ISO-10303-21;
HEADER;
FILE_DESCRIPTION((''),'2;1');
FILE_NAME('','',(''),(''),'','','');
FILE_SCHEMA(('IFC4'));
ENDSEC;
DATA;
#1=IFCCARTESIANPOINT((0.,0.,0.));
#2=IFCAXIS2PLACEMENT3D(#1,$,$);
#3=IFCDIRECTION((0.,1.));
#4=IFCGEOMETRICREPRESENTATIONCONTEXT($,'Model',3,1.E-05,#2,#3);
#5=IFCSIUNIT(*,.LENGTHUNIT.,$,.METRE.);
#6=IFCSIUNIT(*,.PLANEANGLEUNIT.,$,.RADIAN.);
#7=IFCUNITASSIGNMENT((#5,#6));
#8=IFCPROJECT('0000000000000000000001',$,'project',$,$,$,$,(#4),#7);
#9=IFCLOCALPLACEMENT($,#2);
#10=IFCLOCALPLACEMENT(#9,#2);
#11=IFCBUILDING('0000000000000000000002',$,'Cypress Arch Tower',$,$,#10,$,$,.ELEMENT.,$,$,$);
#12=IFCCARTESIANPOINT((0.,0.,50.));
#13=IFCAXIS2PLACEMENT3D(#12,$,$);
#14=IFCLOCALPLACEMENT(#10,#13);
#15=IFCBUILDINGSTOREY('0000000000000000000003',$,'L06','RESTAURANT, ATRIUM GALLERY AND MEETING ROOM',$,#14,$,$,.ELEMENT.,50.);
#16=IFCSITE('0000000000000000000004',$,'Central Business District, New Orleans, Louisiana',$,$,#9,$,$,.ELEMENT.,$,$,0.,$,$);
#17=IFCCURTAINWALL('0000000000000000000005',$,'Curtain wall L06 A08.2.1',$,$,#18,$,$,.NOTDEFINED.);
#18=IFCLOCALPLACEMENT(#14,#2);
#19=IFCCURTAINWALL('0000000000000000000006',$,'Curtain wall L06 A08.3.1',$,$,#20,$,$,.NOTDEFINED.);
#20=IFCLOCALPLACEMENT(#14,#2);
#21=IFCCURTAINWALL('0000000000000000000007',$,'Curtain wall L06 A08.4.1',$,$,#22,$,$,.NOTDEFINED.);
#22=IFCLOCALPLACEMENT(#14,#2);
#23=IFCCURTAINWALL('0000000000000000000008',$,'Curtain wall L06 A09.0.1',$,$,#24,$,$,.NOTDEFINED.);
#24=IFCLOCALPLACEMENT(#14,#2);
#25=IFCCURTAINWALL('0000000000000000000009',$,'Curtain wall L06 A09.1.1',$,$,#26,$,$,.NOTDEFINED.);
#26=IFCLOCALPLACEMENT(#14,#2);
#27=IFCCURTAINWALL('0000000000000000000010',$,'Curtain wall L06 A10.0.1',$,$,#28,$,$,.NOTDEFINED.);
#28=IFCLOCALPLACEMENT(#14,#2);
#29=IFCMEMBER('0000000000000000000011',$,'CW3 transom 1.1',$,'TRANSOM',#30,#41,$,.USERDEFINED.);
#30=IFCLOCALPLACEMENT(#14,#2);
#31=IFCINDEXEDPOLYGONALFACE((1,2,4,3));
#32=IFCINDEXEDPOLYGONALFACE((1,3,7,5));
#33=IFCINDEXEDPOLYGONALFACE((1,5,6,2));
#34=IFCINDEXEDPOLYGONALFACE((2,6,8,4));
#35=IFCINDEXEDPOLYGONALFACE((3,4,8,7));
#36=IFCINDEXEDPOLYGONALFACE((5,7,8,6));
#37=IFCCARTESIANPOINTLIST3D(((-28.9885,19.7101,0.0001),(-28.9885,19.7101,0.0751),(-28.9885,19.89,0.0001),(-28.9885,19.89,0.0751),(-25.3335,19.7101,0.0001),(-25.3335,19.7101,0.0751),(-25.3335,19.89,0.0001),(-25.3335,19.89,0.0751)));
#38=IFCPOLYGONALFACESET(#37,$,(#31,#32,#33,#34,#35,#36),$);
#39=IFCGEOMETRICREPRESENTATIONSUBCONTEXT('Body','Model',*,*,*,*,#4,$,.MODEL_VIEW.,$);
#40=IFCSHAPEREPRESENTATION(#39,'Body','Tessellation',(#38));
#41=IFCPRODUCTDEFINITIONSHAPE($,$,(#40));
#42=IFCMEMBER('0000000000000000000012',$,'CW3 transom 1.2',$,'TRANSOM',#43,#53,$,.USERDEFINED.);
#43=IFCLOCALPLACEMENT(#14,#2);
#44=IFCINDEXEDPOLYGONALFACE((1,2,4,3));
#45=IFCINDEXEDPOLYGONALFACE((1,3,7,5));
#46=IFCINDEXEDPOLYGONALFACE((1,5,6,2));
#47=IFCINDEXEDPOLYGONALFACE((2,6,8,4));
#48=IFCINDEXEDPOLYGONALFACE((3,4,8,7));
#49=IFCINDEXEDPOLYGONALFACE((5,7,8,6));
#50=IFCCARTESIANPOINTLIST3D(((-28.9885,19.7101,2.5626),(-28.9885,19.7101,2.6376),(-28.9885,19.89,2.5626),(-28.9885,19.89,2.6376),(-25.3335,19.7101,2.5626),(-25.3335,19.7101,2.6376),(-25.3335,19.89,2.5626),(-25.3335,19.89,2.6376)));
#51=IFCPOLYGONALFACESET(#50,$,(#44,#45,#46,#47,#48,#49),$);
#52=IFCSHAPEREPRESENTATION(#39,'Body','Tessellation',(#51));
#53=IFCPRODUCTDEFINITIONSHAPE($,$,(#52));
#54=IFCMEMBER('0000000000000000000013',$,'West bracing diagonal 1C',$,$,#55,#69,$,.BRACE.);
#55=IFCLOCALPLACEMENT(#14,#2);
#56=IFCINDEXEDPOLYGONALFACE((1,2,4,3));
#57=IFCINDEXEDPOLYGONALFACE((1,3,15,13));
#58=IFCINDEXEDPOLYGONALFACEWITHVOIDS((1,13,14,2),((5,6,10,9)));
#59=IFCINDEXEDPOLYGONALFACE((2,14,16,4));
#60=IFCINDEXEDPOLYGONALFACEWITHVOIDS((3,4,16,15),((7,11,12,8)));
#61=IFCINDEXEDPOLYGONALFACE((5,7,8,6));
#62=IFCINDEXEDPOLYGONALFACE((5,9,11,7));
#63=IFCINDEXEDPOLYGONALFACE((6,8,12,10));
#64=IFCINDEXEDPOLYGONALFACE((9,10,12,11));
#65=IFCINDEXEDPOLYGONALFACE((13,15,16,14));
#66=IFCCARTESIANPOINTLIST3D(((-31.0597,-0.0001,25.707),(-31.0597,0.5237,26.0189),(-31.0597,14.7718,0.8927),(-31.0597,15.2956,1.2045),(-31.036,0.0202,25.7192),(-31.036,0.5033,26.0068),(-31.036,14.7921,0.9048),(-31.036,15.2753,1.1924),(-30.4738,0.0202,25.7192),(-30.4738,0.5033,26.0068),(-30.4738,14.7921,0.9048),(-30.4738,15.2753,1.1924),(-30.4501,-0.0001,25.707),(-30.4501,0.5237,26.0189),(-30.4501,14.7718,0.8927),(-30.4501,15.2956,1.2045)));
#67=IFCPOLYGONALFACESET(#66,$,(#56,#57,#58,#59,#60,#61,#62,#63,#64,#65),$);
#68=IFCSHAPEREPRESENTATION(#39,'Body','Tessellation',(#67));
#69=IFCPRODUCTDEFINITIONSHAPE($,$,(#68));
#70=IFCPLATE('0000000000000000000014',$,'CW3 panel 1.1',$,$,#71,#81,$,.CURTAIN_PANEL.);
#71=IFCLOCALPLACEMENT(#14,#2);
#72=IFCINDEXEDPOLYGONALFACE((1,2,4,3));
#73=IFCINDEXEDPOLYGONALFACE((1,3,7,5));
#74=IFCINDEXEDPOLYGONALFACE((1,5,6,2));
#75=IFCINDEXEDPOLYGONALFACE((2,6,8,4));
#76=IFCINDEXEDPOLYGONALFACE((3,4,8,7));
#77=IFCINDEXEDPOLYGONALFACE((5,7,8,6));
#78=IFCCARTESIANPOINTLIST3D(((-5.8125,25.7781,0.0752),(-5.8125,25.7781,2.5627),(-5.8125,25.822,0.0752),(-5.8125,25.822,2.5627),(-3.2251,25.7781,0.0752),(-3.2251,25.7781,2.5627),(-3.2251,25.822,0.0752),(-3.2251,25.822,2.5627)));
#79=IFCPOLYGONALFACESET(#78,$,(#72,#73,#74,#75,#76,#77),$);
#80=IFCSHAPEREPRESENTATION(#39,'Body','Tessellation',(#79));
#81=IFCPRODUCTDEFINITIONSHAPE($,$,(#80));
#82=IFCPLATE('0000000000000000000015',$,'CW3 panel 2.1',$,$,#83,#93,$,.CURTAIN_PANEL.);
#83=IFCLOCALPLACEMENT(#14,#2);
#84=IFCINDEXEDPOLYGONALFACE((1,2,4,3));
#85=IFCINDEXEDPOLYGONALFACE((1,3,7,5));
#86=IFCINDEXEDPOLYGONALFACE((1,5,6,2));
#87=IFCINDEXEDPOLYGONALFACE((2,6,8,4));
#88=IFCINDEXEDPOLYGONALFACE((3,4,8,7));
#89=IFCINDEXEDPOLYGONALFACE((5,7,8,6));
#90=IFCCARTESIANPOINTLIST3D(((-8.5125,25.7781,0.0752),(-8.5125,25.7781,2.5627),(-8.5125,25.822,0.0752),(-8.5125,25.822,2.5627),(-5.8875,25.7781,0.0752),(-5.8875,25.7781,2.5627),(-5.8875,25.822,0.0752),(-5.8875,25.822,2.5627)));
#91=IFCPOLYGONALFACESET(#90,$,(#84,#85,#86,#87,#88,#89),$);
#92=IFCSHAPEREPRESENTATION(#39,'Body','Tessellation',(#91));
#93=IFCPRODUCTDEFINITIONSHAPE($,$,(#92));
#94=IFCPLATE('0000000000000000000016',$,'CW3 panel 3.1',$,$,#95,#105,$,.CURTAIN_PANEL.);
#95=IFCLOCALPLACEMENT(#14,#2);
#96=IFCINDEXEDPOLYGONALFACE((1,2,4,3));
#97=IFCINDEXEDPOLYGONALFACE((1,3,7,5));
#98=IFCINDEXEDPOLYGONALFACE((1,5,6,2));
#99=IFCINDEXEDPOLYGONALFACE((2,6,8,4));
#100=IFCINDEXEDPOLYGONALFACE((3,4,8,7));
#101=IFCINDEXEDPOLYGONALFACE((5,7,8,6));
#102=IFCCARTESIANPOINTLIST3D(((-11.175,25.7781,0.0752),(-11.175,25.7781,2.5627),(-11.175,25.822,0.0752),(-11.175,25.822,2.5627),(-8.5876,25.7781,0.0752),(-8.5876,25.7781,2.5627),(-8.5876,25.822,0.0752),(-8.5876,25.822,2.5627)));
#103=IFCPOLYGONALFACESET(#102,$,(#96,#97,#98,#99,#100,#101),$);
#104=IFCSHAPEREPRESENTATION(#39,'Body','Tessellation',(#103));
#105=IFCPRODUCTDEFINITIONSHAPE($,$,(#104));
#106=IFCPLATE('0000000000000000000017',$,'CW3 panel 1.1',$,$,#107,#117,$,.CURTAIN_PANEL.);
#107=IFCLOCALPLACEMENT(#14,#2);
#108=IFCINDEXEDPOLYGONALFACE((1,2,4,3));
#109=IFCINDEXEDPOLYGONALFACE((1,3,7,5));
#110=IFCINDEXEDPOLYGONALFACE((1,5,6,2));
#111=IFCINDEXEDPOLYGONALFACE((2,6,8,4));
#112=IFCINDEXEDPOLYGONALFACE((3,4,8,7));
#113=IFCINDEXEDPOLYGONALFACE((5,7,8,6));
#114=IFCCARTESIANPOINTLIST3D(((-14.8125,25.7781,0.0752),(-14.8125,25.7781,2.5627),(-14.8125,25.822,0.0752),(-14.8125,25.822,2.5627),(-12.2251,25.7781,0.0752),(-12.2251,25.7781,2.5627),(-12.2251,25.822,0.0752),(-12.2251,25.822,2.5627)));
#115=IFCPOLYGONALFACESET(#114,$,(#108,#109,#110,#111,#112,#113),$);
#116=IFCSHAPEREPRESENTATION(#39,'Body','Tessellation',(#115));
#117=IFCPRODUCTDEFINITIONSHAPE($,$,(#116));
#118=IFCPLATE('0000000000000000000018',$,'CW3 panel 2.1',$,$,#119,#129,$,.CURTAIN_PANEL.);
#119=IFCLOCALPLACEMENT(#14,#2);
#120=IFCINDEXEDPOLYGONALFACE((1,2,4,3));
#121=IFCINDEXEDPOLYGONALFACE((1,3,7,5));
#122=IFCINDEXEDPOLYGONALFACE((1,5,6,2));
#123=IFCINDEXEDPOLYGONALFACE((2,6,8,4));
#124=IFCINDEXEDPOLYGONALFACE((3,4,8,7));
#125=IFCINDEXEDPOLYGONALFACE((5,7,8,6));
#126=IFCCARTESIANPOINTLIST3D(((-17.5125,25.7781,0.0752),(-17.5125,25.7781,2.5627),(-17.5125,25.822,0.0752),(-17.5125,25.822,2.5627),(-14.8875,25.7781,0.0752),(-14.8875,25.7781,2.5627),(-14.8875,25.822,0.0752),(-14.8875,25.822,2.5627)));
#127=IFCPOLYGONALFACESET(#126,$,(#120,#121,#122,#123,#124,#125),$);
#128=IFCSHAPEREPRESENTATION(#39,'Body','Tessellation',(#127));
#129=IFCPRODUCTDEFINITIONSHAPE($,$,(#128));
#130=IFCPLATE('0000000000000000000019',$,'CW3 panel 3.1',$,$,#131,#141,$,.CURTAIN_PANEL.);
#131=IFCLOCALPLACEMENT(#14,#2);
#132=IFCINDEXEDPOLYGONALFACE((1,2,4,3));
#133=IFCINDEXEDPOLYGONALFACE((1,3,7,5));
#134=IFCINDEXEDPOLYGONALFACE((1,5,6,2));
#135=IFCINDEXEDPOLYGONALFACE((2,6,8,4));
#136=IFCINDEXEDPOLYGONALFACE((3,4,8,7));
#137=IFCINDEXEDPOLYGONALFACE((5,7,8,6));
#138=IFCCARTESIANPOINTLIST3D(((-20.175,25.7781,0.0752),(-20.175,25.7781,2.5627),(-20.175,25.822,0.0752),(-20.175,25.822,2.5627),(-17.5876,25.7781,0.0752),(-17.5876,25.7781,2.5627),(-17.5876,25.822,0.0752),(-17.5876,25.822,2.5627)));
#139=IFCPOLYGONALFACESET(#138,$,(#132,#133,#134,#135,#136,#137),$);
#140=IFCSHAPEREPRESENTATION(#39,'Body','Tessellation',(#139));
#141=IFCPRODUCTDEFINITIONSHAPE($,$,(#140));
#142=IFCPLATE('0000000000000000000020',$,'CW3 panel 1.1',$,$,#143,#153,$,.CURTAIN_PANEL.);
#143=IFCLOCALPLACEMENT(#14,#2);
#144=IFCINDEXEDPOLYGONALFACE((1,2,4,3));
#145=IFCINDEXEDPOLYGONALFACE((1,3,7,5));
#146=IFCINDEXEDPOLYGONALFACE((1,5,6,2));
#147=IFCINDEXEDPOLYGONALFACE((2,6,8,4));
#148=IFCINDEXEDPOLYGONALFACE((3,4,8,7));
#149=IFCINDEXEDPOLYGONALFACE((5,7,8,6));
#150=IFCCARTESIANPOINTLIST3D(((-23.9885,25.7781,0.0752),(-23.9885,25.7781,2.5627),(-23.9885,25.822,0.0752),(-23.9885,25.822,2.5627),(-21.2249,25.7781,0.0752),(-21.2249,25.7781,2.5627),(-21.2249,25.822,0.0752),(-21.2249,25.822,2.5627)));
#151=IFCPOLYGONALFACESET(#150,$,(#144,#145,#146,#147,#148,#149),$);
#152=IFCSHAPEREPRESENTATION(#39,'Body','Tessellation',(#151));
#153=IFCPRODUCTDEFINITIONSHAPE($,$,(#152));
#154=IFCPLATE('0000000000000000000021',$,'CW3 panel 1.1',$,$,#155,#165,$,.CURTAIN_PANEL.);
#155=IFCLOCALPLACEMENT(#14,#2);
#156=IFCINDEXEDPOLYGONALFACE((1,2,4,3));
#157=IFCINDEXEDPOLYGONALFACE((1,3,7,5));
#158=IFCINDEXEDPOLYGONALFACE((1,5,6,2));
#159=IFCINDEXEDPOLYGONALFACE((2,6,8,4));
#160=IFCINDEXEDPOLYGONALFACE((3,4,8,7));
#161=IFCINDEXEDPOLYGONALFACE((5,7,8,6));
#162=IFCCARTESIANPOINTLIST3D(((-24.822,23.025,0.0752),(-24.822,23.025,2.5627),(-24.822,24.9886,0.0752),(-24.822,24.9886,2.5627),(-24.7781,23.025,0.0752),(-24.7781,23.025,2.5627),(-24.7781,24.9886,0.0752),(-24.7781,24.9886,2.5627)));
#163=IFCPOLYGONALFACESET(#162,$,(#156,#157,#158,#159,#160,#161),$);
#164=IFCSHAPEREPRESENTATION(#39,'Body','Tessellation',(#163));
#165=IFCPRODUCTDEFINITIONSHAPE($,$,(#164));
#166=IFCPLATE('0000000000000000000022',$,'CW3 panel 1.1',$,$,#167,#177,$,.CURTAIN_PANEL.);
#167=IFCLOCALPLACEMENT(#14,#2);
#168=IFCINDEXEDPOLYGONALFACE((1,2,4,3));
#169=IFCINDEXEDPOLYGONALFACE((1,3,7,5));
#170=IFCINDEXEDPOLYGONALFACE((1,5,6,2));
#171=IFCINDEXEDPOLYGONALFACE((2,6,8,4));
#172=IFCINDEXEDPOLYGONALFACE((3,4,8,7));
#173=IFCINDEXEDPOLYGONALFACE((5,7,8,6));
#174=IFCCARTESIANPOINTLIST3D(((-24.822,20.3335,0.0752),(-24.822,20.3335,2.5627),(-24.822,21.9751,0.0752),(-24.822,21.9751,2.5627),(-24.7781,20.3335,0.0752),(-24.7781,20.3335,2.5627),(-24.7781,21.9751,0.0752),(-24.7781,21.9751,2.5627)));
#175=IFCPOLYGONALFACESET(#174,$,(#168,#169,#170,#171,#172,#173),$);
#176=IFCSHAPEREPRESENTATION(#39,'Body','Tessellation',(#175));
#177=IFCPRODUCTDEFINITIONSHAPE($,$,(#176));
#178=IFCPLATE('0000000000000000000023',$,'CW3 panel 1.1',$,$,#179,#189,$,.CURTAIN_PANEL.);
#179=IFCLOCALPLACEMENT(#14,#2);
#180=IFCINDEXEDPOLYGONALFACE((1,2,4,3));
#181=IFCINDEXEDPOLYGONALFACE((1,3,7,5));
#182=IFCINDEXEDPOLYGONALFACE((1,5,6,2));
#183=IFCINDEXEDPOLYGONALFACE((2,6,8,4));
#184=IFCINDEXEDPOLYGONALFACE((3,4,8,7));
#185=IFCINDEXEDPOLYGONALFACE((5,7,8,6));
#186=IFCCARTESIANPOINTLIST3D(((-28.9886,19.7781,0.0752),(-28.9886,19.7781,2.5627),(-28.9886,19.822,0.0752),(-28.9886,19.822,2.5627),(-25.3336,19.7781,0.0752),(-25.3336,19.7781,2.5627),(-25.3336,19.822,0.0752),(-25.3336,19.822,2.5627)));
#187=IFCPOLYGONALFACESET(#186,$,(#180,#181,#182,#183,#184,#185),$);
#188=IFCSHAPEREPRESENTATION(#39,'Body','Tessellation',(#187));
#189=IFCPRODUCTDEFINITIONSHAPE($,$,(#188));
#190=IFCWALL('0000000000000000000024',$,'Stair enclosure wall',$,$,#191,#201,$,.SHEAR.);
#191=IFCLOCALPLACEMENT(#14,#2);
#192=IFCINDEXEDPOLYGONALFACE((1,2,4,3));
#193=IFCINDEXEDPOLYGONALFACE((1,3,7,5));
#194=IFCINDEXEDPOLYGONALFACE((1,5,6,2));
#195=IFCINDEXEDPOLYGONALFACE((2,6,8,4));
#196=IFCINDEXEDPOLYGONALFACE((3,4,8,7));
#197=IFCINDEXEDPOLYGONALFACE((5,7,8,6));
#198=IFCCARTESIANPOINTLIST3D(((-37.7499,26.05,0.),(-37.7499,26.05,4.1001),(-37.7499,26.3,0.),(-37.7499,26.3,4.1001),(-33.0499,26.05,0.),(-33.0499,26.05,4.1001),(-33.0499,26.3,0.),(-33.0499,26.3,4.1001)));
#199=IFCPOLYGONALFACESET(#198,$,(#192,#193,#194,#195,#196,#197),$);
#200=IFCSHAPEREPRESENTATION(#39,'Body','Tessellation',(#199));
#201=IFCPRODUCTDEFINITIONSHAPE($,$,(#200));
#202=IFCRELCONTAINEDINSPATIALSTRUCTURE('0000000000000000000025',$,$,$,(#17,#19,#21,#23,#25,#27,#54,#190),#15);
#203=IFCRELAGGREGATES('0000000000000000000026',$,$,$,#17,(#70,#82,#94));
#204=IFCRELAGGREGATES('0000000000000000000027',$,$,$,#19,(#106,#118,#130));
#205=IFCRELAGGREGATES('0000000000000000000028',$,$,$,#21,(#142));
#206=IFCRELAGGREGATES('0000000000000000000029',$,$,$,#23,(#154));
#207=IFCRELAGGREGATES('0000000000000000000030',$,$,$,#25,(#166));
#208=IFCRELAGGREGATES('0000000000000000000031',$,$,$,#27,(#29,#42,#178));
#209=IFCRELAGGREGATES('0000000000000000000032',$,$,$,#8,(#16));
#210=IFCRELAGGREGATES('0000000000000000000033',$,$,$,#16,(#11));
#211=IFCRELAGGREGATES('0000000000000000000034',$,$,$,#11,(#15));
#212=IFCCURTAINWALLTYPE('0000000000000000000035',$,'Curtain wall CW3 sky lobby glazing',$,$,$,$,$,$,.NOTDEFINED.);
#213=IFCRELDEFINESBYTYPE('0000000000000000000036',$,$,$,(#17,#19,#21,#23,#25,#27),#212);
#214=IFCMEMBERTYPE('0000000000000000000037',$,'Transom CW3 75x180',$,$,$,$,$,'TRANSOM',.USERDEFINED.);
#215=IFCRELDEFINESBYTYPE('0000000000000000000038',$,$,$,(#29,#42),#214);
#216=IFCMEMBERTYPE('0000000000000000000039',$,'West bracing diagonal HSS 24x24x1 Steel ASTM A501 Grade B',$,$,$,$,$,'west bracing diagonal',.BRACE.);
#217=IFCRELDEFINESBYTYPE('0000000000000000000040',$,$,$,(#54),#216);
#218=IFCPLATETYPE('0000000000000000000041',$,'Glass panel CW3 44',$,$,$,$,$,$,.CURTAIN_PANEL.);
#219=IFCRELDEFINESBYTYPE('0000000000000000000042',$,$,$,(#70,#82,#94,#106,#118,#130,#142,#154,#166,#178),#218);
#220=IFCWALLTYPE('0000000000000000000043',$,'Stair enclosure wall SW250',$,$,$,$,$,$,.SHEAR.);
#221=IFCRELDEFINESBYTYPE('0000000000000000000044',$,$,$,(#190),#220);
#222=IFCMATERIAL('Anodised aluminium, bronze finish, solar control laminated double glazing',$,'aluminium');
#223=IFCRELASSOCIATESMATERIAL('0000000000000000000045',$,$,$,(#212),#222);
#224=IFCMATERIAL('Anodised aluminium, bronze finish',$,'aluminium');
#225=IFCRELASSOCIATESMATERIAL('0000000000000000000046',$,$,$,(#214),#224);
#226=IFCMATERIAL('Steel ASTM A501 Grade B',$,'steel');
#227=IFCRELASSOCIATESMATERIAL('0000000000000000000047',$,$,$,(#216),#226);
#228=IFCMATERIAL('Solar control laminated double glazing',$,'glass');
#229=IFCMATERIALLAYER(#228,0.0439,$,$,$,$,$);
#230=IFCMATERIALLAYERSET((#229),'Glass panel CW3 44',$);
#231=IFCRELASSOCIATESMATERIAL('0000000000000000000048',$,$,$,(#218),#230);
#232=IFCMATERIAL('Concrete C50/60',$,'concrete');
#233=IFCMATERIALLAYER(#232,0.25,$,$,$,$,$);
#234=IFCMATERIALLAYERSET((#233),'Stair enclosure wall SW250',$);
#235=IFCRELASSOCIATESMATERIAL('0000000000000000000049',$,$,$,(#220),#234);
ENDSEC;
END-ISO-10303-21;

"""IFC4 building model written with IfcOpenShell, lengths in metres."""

from ifc_helpers import new_model, si_unit, direction, frame, frame_2d, origin, origin_2d, place, context, subcontext, project, spatial, rectangle, hollow_rectangle, extrude, material, layer, layer_set, material_profile, profile_set, type_object, element, aggregate, save


model = new_model("IFC4")

# Units and contexts
model_context = context("Model", 3, precision=1e-05, world=origin(), true_north=direction((0.0, 1.0)))
body_context = subcontext(model_context, "Body", "Model", "MODEL_VIEW")
ifc_project = project(units=[si_unit("LENGTHUNIT", "METRE"), si_unit("PLANEANGLEUNIT", "RADIAN")], contexts=[model_context])

# Site, building, storey
site_placement = place(None, origin())
site = spatial("IfcSite", under=ifc_project, at=site_placement, Name="Central Business District, New Orleans, Louisiana", CompositionType="ELEMENT", RefElevation=0.0)
building_placement = place(site_placement, origin())
building = spatial("IfcBuilding", under=site, at=building_placement, Name="Cypress Arch Tower", CompositionType="ELEMENT")
storey_placement = place(building_placement, frame((0.0, 0.0, 50.0)))
storey = spatial("IfcBuildingStorey", under=building, at=storey_placement, Name="L06", Description="RESTAURANT, ATRIUM GALLERY AND MEETING ROOM", CompositionType="ELEMENT", Elevation=50.0)

# Curtain wall
ifc_material_1 = material(Name="Anodised aluminium, bronze finish, solar control laminated double glazing", Category="aluminium")
curtain_wall_type = type_object("IfcCurtainWallType", Name="Curtain wall CW3 sky lobby glazing", PredefinedType="NOTDEFINED", material=ifc_material_1)
curtain_wall_1_placement = place(storey_placement, origin())
curtain_wall_1 = element("IfcCurtainWall", 1, at=curtain_wall_1_placement, inside=storey, type_object=curtain_wall_type, Name="Curtain wall L06 A08.2.1", PredefinedType="NOTDEFINED")

# Curtain wall
curtain_wall_2_placement = place(storey_placement, origin())
curtain_wall_2 = element("IfcCurtainWall", 2, at=curtain_wall_2_placement, inside=storey, type_object=curtain_wall_type, Name="Curtain wall L06 A08.3.1", PredefinedType="NOTDEFINED")

# Shared definitions
ifc_material_2 = material(Name="Anodised aluminium, bronze finish", Category="aluminium")
ifc_material_profile_1 = material_profile(ifc_material_2, rectangle(XDim=0.1799, YDim=0.075, at=origin_2d()), Name="Transom 75x180")
ifc_profile_set_1 = profile_set([ifc_material_profile_1], Name="Anodised aluminium, bronze finish")
member_type_1 = type_object("IfcMemberType", Name="Transom CW3 75x180", ElementType="TRANSOM", PredefinedType="USERDEFINED", material=ifc_profile_set_1)

# Curtain wall
curtain_wall_3_placement = place(storey_placement, origin())
curtain_wall_3 = element("IfcCurtainWall", 3, at=curtain_wall_3_placement, inside=storey, type_object=curtain_wall_type, Name="Curtain wall L06 A08.4.1", PredefinedType="NOTDEFINED")

# Curtain walls, members
curtain_wall_4_placement = place(storey_placement, origin())
curtain_wall_4 = element("IfcCurtainWall", 4, at=curtain_wall_4_placement, inside=storey, type_object=curtain_wall_type, Name="Curtain wall L06 A09.0.1", PredefinedType="NOTDEFINED")
curtain_wall_5_placement = place(storey_placement, origin())
curtain_wall_5 = element("IfcCurtainWall", 5, at=curtain_wall_5_placement, inside=storey, type_object=curtain_wall_type, Name="Curtain wall L06 A09.1.1", PredefinedType="NOTDEFINED")
curtain_wall_6_placement = place(storey_placement, origin())
curtain_wall_6 = element("IfcCurtainWall", 6, at=curtain_wall_6_placement, inside=storey, type_object=curtain_wall_type, Name="Curtain wall L06 A10.0.1", PredefinedType="NOTDEFINED")
member_1_placement = place(storey_placement, frame((-25.3335, 19.8, 0.0376), z_axis=(-1.0, 0.0, 0.0), x_axis=(0.0, -1.0, 0.0)))
member_1 = element("IfcMember", 7, at=member_1_placement, type_object=member_type_1, Name="CW3 transom 1.1", ObjectType="TRANSOM", PredefinedType="USERDEFINED", context=body_context, shape_type="SweptSolid", body=[
    extrude(rectangle(XDim=0.1799, YDim=0.075, at=origin_2d()), origin(), (0.0, 0.0, 1.0), 3.655),
])
member_2_placement = place(storey_placement, frame((-25.3335, 19.8, 2.6001), z_axis=(-1.0, 0.0, 0.0), x_axis=(0.0, -1.0, 0.0)))
member_2 = element("IfcMember", 8, at=member_2_placement, type_object=member_type_1, Name="CW3 transom 1.2", ObjectType="TRANSOM", PredefinedType="USERDEFINED", context=body_context, shape_type="SweptSolid", body=[
    extrude(rectangle(XDim=0.1799, YDim=0.075, at=origin_2d()), origin(), (0.0, 0.0, 1.0), 3.655),
])

# Member
ifc_material_3 = material(Name="Steel ASTM A501 Grade B", Category="steel")
ifc_material_profile_2 = material_profile(ifc_material_3, hollow_rectangle(XDim=0.6096, YDim=0.6096, WallThickness=0.0237, at=origin_2d()), Name="HSS 24x24x1")
ifc_profile_set_2 = profile_set([ifc_material_profile_2], Name="Steel ASTM A501 Grade B")
member_type_2 = type_object("IfcMemberType", Name="West bracing diagonal HSS 24x24x1 Steel ASTM A501 Grade B", ElementType="west bracing diagonal", PredefinedType="BRACE", material=ifc_profile_set_2)
member_3_placement = place(storey_placement, frame((-30.7549, 15.0337, 1.0486), z_axis=(0.0, -0.511521, 0.859271), x_axis=(1.0, 0.0, 0.0)))
element("IfcMember", 9, at=member_3_placement, inside=storey, type_object=member_type_2, Name="West bracing diagonal 1C", PredefinedType="BRACE", context=body_context, shape_type="SweptSolid", body=[
    extrude(hollow_rectangle(XDim=0.6096, YDim=0.6096, WallThickness=0.0237, at=origin_2d()), origin(), (0.0, 0.0, 1.0), 28.8784),
])

# Plates
ifc_material_4 = material(Name="Solar control laminated double glazing", Category="glass")
ifc_layer_1 = layer(ifc_material_4, 0.0439)
ifc_layer_set_1 = layer_set([ifc_layer_1], Name="Glass panel CW3 44")
plate_type = type_object("IfcPlateType", Name="Glass panel CW3 44", PredefinedType="CURTAIN_PANEL", material=ifc_layer_set_1)
plate_1_placement = place(storey_placement, frame((-4.5188, 25.8, 0.0752), z_axis=(0.0, 0.0, 1.0), x_axis=(-1.0, 0.0, 0.0)))
plate_1 = element("IfcPlate", 10, at=plate_1_placement, type_object=plate_type, Name="CW3 panel 1.1", PredefinedType="CURTAIN_PANEL", context=body_context, shape_type="SweptSolid", body=[
    extrude(rectangle(XDim=2.5874, YDim=0.0439, at=origin_2d()), origin(), (0.0, 0.0, 1.0), 2.4875),
])
plate_2_placement = place(storey_placement, frame((-7.2, 25.8, 0.0752), z_axis=(0.0, 0.0, 1.0), x_axis=(-1.0, 0.0, 0.0)))
plate_2 = element("IfcPlate", 11, at=plate_2_placement, type_object=plate_type, Name="CW3 panel 2.1", PredefinedType="CURTAIN_PANEL", context=body_context, shape_type="SweptSolid", body=[
    extrude(rectangle(XDim=2.625, YDim=0.0439, at=origin_2d()), origin(), (0.0, 0.0, 1.0), 2.4875),
])
plate_3_placement = place(storey_placement, frame((-9.8813, 25.8, 0.0752), z_axis=(0.0, 0.0, 1.0), x_axis=(-1.0, 0.0, 0.0)))
plate_3 = element("IfcPlate", 12, at=plate_3_placement, type_object=plate_type, Name="CW3 panel 3.1", PredefinedType="CURTAIN_PANEL", context=body_context, shape_type="SweptSolid", body=[
    extrude(rectangle(XDim=2.5874, YDim=0.0439, at=origin_2d()), origin(), (0.0, 0.0, 1.0), 2.4875),
])
aggregate(curtain_wall_1, [plate_1, plate_2, plate_3])
plate_4_placement = place(storey_placement, frame((-13.5188, 25.8, 0.0752), z_axis=(0.0, 0.0, 1.0), x_axis=(-1.0, 0.0, 0.0)))
plate_4 = element("IfcPlate", 13, at=plate_4_placement, type_object=plate_type, Name="CW3 panel 1.1", PredefinedType="CURTAIN_PANEL", context=body_context, shape_type="SweptSolid", body=[
    extrude(rectangle(XDim=2.5874, YDim=0.0439, at=origin_2d()), origin(), (0.0, 0.0, 1.0), 2.4875),
])
plate_5_placement = place(storey_placement, frame((-16.2, 25.8, 0.0752), z_axis=(0.0, 0.0, 1.0), x_axis=(-1.0, 0.0, 0.0)))
plate_5 = element("IfcPlate", 14, at=plate_5_placement, type_object=plate_type, Name="CW3 panel 2.1", PredefinedType="CURTAIN_PANEL", context=body_context, shape_type="SweptSolid", body=[
    extrude(rectangle(XDim=2.625, YDim=0.0439, at=origin_2d()), origin(), (0.0, 0.0, 1.0), 2.4875),
])
plate_6_placement = place(storey_placement, frame((-18.8813, 25.8, 0.0752), z_axis=(0.0, 0.0, 1.0), x_axis=(-1.0, 0.0, 0.0)))
plate_6 = element("IfcPlate", 15, at=plate_6_placement, type_object=plate_type, Name="CW3 panel 3.1", PredefinedType="CURTAIN_PANEL", context=body_context, shape_type="SweptSolid", body=[
    extrude(rectangle(XDim=2.5874, YDim=0.0439, at=origin_2d()), origin(), (0.0, 0.0, 1.0), 2.4875),
])
aggregate(curtain_wall_2, [plate_4, plate_5, plate_6])
plate_7_placement = place(storey_placement, frame((-22.6067, 25.8, 0.0752), z_axis=(0.0, 0.0, 1.0), x_axis=(-1.0, 0.0, 0.0)))
plate_7 = element("IfcPlate", 16, at=plate_7_placement, type_object=plate_type, Name="CW3 panel 1.1", PredefinedType="CURTAIN_PANEL", context=body_context, shape_type="SweptSolid", body=[
    extrude(rectangle(XDim=2.7637, YDim=0.0439, at=origin_2d()), origin(), (0.0, 0.0, 1.0), 2.4875),
])
aggregate(curtain_wall_3, [plate_7])
plate_8_placement = place(storey_placement, frame((-24.8, 24.0068, 0.0752), z_axis=(0.0, 0.0, 1.0), x_axis=(0.0, -1.0, 0.0)))
plate_8 = element("IfcPlate", 17, at=plate_8_placement, type_object=plate_type, Name="CW3 panel 1.1", PredefinedType="CURTAIN_PANEL", context=body_context, shape_type="SweptSolid", body=[
    extrude(rectangle(XDim=1.9636, YDim=0.0439, at=origin_2d()), origin(), (0.0, 0.0, 1.0), 2.4875),
])
aggregate(curtain_wall_4, [plate_8])
plate_9_placement = place(storey_placement, frame((-24.8, 21.1543, 0.0752), z_axis=(0.0, 0.0, 1.0), x_axis=(0.0, -1.0, 0.0)))
plate_9 = element("IfcPlate", 18, at=plate_9_placement, type_object=plate_type, Name="CW3 panel 1.1", PredefinedType="CURTAIN_PANEL", context=body_context, shape_type="SweptSolid", body=[
    extrude(rectangle(XDim=1.6416, YDim=0.0439, at=origin_2d()), origin(), (0.0, 0.0, 1.0), 2.4875),
])
aggregate(curtain_wall_5, [plate_9])
plate_10_placement = place(storey_placement, frame((-27.1611, 19.8, 0.0752), z_axis=(0.0, 0.0, 1.0), x_axis=(-1.0, 0.0, 0.0)))
plate_10 = element("IfcPlate", 19, at=plate_10_placement, type_object=plate_type, Name="CW3 panel 1.1", PredefinedType="CURTAIN_PANEL", context=body_context, shape_type="SweptSolid", body=[
    extrude(rectangle(XDim=3.655, YDim=0.0439, at=origin_2d()), origin(), (0.0, 0.0, 1.0), 2.4875),
])
aggregate(curtain_wall_6, [member_1, member_2, plate_10])

# Wall
ifc_material_5 = material(Name="Concrete C50/60", Category="concrete")
ifc_layer_2 = layer(ifc_material_5, 0.25)
ifc_layer_set_2 = layer_set([ifc_layer_2], Name="Stair enclosure wall SW250")
wall_type = type_object("IfcWallType", Name="Stair enclosure wall SW250", PredefinedType="SHEAR", material=ifc_layer_set_2)
wall_placement = place(storey_placement, frame((-37.75, 26.175, 0.0), z_axis=(0.0, 0.0, 1.0), x_axis=(1.0, 0.0, 0.0)))
element("IfcWall", 20, at=wall_placement, inside=storey, type_object=wall_type, Name="Stair enclosure wall", PredefinedType="SHEAR", context=body_context, shape_type="SweptSolid", body=[
    extrude(rectangle(XDim=4.7, YDim=0.25, at=frame_2d((2.3501, 0.0))), origin(), (0.0, 0.0, 1.0), 4.1001),
])

save(model, "model.ifc")
